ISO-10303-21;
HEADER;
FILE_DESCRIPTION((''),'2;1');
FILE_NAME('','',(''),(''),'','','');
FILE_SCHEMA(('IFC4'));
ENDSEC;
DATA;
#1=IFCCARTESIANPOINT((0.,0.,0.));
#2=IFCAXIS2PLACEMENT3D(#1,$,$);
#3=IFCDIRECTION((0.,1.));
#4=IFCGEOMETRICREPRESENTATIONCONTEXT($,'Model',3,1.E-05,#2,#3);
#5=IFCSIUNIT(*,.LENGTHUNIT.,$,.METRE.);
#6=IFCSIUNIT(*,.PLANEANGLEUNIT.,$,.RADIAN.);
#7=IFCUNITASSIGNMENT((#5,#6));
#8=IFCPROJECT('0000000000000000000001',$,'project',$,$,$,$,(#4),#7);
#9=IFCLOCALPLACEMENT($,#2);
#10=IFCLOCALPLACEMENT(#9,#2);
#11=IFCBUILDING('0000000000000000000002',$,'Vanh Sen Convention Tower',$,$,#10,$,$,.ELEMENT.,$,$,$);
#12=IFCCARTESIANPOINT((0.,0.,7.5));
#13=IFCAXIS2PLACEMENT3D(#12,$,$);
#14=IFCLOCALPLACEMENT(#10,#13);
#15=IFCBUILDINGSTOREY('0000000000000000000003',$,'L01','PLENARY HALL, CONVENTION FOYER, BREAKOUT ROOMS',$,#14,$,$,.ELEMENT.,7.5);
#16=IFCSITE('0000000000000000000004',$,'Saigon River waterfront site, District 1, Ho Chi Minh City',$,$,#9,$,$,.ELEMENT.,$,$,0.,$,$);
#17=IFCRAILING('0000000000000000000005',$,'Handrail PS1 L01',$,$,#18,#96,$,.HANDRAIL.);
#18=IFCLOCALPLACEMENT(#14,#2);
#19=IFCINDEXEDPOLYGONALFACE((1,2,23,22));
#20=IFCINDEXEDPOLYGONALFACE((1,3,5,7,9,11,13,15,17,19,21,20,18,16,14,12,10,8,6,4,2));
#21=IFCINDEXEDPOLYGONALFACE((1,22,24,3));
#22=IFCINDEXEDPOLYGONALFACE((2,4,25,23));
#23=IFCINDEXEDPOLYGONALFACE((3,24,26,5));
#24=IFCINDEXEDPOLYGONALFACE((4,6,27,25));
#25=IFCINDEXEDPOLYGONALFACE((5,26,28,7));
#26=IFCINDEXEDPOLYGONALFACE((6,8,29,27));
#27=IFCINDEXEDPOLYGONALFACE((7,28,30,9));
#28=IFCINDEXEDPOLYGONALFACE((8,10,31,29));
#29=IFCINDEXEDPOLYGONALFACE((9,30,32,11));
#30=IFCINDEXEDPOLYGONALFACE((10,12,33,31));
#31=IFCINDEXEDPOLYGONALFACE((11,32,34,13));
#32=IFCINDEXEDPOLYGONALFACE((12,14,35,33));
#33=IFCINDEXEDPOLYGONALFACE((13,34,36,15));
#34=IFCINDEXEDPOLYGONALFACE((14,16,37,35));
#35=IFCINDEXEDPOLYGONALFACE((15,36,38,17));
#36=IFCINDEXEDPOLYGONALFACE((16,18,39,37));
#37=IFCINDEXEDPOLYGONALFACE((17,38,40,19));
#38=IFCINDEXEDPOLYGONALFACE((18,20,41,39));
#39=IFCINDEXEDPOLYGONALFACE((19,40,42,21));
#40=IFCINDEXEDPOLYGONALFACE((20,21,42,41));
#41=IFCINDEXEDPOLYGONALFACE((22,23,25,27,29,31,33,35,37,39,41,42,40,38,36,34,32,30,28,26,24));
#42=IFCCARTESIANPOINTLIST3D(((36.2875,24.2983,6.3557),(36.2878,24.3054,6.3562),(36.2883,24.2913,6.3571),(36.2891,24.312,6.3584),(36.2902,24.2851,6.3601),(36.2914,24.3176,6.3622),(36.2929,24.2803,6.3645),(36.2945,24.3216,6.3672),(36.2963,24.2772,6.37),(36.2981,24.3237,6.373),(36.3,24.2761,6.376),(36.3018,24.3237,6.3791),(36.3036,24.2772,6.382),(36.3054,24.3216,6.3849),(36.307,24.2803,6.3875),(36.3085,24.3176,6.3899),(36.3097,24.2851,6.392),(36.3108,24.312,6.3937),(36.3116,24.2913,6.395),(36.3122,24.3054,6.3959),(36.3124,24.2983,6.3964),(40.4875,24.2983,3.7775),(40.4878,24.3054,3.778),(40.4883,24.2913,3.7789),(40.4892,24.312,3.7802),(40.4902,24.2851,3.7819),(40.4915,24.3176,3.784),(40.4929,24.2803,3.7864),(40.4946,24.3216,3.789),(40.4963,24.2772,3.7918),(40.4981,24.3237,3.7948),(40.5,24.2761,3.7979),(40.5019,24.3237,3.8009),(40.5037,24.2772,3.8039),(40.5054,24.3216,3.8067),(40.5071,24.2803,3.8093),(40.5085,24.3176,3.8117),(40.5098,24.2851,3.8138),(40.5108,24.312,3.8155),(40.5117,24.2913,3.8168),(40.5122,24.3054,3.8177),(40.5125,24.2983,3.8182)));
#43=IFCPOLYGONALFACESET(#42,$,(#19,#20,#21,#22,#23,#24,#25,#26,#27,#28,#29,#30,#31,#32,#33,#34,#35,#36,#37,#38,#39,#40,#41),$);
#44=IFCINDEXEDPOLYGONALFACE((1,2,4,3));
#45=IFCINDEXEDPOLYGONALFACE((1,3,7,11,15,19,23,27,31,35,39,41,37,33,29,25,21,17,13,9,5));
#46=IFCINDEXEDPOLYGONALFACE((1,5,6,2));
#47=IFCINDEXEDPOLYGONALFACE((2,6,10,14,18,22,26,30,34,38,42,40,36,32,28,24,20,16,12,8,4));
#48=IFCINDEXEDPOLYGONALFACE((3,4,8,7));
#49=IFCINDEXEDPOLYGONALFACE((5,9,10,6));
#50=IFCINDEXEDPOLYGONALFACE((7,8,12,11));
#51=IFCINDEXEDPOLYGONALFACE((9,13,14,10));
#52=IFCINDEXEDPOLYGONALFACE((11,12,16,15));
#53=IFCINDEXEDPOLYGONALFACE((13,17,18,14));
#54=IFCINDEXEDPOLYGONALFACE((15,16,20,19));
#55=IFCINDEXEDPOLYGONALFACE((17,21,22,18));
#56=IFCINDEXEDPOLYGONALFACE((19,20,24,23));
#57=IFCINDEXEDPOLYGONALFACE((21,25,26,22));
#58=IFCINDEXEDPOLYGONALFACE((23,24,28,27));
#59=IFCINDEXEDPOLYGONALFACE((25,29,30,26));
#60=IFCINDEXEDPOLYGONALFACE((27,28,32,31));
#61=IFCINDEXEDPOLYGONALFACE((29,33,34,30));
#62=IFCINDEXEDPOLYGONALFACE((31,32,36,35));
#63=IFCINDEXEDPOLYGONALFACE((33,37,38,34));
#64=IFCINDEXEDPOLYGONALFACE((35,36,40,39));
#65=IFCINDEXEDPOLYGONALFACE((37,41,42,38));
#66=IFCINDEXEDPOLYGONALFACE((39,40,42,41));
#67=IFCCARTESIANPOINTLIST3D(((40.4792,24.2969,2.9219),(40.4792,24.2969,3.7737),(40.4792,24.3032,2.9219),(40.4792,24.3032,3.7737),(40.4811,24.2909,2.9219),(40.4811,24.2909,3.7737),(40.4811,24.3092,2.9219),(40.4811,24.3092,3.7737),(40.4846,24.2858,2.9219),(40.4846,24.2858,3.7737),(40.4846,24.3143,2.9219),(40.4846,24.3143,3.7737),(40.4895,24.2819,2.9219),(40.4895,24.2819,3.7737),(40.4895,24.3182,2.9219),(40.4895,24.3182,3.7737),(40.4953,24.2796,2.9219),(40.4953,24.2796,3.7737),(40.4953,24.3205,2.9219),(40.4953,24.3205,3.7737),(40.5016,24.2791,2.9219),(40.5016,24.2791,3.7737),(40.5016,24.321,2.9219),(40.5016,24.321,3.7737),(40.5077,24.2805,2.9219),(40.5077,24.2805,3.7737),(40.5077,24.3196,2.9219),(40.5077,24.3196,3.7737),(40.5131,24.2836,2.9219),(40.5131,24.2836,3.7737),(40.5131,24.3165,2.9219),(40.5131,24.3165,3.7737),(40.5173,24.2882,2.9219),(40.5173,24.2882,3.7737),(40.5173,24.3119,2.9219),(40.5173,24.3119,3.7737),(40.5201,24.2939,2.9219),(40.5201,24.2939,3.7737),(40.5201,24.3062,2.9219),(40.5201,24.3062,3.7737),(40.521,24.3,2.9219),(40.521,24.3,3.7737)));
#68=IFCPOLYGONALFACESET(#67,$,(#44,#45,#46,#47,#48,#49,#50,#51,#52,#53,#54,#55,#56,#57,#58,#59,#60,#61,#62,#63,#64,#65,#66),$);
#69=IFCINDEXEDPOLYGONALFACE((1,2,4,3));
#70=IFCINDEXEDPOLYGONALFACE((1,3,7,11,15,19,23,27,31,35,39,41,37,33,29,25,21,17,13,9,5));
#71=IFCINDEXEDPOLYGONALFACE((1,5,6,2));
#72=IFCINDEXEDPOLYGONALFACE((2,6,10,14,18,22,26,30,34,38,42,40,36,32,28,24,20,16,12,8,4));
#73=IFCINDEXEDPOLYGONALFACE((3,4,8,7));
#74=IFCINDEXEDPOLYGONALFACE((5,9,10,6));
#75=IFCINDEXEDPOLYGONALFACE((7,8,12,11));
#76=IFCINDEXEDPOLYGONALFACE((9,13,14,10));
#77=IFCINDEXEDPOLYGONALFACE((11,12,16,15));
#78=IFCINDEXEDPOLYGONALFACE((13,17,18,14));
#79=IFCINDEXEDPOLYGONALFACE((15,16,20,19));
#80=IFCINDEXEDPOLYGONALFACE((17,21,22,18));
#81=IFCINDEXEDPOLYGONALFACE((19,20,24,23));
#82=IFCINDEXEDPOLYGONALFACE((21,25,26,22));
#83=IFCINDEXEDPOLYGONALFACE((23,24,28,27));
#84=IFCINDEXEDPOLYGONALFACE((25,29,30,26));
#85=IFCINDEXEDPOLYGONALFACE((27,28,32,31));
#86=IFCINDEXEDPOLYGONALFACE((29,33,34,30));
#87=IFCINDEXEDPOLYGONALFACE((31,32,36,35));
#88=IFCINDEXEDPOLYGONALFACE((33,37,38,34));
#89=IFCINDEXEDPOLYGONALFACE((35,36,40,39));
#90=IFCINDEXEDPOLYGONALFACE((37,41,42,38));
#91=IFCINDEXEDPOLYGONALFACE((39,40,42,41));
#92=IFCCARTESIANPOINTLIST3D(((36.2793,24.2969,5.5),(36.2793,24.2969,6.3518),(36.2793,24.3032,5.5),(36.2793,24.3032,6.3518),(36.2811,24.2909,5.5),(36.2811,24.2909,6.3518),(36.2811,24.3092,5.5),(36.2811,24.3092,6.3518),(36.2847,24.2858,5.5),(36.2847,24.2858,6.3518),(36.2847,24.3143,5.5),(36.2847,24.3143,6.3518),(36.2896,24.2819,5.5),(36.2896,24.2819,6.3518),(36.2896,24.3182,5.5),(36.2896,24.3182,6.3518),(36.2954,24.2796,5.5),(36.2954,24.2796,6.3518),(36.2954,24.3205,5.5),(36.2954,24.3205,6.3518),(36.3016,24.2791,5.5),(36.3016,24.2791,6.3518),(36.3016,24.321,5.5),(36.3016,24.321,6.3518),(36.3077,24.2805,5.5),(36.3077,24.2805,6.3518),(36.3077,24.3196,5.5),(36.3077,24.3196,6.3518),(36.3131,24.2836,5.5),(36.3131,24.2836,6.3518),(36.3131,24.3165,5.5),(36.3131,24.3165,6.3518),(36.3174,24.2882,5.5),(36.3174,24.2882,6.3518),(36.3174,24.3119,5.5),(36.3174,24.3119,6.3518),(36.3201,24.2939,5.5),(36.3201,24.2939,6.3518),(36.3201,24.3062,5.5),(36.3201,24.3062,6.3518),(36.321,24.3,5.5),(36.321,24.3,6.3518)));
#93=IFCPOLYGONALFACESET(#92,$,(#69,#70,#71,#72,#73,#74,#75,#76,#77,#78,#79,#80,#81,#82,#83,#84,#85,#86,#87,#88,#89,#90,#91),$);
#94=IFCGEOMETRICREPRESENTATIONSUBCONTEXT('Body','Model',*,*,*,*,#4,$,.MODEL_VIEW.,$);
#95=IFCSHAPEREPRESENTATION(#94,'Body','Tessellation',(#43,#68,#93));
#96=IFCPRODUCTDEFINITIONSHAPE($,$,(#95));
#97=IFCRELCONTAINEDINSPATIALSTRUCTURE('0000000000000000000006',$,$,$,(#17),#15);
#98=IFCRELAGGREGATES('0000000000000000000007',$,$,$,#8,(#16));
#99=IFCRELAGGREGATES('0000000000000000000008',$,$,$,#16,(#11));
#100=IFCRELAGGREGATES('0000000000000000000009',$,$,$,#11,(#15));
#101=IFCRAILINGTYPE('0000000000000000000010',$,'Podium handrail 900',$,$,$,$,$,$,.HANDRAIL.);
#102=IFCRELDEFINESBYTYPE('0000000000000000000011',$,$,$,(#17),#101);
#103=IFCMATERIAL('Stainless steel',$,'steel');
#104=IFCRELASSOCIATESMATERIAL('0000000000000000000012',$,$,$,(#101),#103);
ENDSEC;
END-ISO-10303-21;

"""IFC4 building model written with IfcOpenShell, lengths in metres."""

from ifc_helpers import new_model, si_unit, direction, frame, origin, origin_2d, place, context, subcontext, project, spatial, circle, extrude, material, type_object, element, save


model = new_model("IFC4")

# Units and contexts
model_context = context("Model", 3, precision=1e-05, world=origin(), true_north=direction((0.0, 1.0)))
body_context = subcontext(model_context, "Body", "Model", "MODEL_VIEW")
ifc_project = project(units=[si_unit("LENGTHUNIT", "METRE"), si_unit("PLANEANGLEUNIT", "RADIAN")], contexts=[model_context])

# Site, building, storey
site_placement = place(None, origin())
site = spatial("IfcSite", under=ifc_project, at=site_placement, Name="Saigon River waterfront site, District 1, Ho Chi Minh City", CompositionType="ELEMENT", RefElevation=0.0)
building_placement = place(site_placement, origin())
building = spatial("IfcBuilding", under=site, at=building_placement, Name="Vanh Sen Convention Tower", CompositionType="ELEMENT")
storey_placement = place(building_placement, frame((0.0, 0.0, 7.5)))
storey = spatial("IfcBuildingStorey", under=building, at=storey_placement, Name="L01", Description="PLENARY HALL, CONVENTION FOYER, BREAKOUT ROOMS", CompositionType="ELEMENT", Elevation=7.5)

# Railing
ifc_material_1 = material(Name="Stainless steel", Category="steel")
railing_type = type_object("IfcRailingType", Name="Podium handrail 900", PredefinedType="HANDRAIL", material=ifc_material_1)
for number, where, name in (
    (1, (40.5, 24.3, 2.9219), "Handrail PS1 L01"),
):
    element("IfcRailing", number, at=place(storey_placement, frame(where)), inside=storey, type_object=railing_type, Name=name, PredefinedType="HANDRAIL", context=body_context, shape_type="SweptSolid", body=[
        extrude(circle(Radius=0.0239, at=origin_2d()), frame((0.0, 0.0, 0.876), z_axis=(-0.852243, 0.0, 0.523146), x_axis=(0.0, -1.0, 0.0)), (0.0, 0.0, 1.0), 4.9282),
        extrude(circle(Radius=0.021, at=origin_2d()), origin(), (0.0, 0.0, 1.0), 0.8518),
        extrude(circle(Radius=0.021, at=origin_2d()), frame((-4.2, 0.0, 2.5781)), (0.0, 0.0, 1.0), 0.8518),
    ])

save(model, "model.ifc")
